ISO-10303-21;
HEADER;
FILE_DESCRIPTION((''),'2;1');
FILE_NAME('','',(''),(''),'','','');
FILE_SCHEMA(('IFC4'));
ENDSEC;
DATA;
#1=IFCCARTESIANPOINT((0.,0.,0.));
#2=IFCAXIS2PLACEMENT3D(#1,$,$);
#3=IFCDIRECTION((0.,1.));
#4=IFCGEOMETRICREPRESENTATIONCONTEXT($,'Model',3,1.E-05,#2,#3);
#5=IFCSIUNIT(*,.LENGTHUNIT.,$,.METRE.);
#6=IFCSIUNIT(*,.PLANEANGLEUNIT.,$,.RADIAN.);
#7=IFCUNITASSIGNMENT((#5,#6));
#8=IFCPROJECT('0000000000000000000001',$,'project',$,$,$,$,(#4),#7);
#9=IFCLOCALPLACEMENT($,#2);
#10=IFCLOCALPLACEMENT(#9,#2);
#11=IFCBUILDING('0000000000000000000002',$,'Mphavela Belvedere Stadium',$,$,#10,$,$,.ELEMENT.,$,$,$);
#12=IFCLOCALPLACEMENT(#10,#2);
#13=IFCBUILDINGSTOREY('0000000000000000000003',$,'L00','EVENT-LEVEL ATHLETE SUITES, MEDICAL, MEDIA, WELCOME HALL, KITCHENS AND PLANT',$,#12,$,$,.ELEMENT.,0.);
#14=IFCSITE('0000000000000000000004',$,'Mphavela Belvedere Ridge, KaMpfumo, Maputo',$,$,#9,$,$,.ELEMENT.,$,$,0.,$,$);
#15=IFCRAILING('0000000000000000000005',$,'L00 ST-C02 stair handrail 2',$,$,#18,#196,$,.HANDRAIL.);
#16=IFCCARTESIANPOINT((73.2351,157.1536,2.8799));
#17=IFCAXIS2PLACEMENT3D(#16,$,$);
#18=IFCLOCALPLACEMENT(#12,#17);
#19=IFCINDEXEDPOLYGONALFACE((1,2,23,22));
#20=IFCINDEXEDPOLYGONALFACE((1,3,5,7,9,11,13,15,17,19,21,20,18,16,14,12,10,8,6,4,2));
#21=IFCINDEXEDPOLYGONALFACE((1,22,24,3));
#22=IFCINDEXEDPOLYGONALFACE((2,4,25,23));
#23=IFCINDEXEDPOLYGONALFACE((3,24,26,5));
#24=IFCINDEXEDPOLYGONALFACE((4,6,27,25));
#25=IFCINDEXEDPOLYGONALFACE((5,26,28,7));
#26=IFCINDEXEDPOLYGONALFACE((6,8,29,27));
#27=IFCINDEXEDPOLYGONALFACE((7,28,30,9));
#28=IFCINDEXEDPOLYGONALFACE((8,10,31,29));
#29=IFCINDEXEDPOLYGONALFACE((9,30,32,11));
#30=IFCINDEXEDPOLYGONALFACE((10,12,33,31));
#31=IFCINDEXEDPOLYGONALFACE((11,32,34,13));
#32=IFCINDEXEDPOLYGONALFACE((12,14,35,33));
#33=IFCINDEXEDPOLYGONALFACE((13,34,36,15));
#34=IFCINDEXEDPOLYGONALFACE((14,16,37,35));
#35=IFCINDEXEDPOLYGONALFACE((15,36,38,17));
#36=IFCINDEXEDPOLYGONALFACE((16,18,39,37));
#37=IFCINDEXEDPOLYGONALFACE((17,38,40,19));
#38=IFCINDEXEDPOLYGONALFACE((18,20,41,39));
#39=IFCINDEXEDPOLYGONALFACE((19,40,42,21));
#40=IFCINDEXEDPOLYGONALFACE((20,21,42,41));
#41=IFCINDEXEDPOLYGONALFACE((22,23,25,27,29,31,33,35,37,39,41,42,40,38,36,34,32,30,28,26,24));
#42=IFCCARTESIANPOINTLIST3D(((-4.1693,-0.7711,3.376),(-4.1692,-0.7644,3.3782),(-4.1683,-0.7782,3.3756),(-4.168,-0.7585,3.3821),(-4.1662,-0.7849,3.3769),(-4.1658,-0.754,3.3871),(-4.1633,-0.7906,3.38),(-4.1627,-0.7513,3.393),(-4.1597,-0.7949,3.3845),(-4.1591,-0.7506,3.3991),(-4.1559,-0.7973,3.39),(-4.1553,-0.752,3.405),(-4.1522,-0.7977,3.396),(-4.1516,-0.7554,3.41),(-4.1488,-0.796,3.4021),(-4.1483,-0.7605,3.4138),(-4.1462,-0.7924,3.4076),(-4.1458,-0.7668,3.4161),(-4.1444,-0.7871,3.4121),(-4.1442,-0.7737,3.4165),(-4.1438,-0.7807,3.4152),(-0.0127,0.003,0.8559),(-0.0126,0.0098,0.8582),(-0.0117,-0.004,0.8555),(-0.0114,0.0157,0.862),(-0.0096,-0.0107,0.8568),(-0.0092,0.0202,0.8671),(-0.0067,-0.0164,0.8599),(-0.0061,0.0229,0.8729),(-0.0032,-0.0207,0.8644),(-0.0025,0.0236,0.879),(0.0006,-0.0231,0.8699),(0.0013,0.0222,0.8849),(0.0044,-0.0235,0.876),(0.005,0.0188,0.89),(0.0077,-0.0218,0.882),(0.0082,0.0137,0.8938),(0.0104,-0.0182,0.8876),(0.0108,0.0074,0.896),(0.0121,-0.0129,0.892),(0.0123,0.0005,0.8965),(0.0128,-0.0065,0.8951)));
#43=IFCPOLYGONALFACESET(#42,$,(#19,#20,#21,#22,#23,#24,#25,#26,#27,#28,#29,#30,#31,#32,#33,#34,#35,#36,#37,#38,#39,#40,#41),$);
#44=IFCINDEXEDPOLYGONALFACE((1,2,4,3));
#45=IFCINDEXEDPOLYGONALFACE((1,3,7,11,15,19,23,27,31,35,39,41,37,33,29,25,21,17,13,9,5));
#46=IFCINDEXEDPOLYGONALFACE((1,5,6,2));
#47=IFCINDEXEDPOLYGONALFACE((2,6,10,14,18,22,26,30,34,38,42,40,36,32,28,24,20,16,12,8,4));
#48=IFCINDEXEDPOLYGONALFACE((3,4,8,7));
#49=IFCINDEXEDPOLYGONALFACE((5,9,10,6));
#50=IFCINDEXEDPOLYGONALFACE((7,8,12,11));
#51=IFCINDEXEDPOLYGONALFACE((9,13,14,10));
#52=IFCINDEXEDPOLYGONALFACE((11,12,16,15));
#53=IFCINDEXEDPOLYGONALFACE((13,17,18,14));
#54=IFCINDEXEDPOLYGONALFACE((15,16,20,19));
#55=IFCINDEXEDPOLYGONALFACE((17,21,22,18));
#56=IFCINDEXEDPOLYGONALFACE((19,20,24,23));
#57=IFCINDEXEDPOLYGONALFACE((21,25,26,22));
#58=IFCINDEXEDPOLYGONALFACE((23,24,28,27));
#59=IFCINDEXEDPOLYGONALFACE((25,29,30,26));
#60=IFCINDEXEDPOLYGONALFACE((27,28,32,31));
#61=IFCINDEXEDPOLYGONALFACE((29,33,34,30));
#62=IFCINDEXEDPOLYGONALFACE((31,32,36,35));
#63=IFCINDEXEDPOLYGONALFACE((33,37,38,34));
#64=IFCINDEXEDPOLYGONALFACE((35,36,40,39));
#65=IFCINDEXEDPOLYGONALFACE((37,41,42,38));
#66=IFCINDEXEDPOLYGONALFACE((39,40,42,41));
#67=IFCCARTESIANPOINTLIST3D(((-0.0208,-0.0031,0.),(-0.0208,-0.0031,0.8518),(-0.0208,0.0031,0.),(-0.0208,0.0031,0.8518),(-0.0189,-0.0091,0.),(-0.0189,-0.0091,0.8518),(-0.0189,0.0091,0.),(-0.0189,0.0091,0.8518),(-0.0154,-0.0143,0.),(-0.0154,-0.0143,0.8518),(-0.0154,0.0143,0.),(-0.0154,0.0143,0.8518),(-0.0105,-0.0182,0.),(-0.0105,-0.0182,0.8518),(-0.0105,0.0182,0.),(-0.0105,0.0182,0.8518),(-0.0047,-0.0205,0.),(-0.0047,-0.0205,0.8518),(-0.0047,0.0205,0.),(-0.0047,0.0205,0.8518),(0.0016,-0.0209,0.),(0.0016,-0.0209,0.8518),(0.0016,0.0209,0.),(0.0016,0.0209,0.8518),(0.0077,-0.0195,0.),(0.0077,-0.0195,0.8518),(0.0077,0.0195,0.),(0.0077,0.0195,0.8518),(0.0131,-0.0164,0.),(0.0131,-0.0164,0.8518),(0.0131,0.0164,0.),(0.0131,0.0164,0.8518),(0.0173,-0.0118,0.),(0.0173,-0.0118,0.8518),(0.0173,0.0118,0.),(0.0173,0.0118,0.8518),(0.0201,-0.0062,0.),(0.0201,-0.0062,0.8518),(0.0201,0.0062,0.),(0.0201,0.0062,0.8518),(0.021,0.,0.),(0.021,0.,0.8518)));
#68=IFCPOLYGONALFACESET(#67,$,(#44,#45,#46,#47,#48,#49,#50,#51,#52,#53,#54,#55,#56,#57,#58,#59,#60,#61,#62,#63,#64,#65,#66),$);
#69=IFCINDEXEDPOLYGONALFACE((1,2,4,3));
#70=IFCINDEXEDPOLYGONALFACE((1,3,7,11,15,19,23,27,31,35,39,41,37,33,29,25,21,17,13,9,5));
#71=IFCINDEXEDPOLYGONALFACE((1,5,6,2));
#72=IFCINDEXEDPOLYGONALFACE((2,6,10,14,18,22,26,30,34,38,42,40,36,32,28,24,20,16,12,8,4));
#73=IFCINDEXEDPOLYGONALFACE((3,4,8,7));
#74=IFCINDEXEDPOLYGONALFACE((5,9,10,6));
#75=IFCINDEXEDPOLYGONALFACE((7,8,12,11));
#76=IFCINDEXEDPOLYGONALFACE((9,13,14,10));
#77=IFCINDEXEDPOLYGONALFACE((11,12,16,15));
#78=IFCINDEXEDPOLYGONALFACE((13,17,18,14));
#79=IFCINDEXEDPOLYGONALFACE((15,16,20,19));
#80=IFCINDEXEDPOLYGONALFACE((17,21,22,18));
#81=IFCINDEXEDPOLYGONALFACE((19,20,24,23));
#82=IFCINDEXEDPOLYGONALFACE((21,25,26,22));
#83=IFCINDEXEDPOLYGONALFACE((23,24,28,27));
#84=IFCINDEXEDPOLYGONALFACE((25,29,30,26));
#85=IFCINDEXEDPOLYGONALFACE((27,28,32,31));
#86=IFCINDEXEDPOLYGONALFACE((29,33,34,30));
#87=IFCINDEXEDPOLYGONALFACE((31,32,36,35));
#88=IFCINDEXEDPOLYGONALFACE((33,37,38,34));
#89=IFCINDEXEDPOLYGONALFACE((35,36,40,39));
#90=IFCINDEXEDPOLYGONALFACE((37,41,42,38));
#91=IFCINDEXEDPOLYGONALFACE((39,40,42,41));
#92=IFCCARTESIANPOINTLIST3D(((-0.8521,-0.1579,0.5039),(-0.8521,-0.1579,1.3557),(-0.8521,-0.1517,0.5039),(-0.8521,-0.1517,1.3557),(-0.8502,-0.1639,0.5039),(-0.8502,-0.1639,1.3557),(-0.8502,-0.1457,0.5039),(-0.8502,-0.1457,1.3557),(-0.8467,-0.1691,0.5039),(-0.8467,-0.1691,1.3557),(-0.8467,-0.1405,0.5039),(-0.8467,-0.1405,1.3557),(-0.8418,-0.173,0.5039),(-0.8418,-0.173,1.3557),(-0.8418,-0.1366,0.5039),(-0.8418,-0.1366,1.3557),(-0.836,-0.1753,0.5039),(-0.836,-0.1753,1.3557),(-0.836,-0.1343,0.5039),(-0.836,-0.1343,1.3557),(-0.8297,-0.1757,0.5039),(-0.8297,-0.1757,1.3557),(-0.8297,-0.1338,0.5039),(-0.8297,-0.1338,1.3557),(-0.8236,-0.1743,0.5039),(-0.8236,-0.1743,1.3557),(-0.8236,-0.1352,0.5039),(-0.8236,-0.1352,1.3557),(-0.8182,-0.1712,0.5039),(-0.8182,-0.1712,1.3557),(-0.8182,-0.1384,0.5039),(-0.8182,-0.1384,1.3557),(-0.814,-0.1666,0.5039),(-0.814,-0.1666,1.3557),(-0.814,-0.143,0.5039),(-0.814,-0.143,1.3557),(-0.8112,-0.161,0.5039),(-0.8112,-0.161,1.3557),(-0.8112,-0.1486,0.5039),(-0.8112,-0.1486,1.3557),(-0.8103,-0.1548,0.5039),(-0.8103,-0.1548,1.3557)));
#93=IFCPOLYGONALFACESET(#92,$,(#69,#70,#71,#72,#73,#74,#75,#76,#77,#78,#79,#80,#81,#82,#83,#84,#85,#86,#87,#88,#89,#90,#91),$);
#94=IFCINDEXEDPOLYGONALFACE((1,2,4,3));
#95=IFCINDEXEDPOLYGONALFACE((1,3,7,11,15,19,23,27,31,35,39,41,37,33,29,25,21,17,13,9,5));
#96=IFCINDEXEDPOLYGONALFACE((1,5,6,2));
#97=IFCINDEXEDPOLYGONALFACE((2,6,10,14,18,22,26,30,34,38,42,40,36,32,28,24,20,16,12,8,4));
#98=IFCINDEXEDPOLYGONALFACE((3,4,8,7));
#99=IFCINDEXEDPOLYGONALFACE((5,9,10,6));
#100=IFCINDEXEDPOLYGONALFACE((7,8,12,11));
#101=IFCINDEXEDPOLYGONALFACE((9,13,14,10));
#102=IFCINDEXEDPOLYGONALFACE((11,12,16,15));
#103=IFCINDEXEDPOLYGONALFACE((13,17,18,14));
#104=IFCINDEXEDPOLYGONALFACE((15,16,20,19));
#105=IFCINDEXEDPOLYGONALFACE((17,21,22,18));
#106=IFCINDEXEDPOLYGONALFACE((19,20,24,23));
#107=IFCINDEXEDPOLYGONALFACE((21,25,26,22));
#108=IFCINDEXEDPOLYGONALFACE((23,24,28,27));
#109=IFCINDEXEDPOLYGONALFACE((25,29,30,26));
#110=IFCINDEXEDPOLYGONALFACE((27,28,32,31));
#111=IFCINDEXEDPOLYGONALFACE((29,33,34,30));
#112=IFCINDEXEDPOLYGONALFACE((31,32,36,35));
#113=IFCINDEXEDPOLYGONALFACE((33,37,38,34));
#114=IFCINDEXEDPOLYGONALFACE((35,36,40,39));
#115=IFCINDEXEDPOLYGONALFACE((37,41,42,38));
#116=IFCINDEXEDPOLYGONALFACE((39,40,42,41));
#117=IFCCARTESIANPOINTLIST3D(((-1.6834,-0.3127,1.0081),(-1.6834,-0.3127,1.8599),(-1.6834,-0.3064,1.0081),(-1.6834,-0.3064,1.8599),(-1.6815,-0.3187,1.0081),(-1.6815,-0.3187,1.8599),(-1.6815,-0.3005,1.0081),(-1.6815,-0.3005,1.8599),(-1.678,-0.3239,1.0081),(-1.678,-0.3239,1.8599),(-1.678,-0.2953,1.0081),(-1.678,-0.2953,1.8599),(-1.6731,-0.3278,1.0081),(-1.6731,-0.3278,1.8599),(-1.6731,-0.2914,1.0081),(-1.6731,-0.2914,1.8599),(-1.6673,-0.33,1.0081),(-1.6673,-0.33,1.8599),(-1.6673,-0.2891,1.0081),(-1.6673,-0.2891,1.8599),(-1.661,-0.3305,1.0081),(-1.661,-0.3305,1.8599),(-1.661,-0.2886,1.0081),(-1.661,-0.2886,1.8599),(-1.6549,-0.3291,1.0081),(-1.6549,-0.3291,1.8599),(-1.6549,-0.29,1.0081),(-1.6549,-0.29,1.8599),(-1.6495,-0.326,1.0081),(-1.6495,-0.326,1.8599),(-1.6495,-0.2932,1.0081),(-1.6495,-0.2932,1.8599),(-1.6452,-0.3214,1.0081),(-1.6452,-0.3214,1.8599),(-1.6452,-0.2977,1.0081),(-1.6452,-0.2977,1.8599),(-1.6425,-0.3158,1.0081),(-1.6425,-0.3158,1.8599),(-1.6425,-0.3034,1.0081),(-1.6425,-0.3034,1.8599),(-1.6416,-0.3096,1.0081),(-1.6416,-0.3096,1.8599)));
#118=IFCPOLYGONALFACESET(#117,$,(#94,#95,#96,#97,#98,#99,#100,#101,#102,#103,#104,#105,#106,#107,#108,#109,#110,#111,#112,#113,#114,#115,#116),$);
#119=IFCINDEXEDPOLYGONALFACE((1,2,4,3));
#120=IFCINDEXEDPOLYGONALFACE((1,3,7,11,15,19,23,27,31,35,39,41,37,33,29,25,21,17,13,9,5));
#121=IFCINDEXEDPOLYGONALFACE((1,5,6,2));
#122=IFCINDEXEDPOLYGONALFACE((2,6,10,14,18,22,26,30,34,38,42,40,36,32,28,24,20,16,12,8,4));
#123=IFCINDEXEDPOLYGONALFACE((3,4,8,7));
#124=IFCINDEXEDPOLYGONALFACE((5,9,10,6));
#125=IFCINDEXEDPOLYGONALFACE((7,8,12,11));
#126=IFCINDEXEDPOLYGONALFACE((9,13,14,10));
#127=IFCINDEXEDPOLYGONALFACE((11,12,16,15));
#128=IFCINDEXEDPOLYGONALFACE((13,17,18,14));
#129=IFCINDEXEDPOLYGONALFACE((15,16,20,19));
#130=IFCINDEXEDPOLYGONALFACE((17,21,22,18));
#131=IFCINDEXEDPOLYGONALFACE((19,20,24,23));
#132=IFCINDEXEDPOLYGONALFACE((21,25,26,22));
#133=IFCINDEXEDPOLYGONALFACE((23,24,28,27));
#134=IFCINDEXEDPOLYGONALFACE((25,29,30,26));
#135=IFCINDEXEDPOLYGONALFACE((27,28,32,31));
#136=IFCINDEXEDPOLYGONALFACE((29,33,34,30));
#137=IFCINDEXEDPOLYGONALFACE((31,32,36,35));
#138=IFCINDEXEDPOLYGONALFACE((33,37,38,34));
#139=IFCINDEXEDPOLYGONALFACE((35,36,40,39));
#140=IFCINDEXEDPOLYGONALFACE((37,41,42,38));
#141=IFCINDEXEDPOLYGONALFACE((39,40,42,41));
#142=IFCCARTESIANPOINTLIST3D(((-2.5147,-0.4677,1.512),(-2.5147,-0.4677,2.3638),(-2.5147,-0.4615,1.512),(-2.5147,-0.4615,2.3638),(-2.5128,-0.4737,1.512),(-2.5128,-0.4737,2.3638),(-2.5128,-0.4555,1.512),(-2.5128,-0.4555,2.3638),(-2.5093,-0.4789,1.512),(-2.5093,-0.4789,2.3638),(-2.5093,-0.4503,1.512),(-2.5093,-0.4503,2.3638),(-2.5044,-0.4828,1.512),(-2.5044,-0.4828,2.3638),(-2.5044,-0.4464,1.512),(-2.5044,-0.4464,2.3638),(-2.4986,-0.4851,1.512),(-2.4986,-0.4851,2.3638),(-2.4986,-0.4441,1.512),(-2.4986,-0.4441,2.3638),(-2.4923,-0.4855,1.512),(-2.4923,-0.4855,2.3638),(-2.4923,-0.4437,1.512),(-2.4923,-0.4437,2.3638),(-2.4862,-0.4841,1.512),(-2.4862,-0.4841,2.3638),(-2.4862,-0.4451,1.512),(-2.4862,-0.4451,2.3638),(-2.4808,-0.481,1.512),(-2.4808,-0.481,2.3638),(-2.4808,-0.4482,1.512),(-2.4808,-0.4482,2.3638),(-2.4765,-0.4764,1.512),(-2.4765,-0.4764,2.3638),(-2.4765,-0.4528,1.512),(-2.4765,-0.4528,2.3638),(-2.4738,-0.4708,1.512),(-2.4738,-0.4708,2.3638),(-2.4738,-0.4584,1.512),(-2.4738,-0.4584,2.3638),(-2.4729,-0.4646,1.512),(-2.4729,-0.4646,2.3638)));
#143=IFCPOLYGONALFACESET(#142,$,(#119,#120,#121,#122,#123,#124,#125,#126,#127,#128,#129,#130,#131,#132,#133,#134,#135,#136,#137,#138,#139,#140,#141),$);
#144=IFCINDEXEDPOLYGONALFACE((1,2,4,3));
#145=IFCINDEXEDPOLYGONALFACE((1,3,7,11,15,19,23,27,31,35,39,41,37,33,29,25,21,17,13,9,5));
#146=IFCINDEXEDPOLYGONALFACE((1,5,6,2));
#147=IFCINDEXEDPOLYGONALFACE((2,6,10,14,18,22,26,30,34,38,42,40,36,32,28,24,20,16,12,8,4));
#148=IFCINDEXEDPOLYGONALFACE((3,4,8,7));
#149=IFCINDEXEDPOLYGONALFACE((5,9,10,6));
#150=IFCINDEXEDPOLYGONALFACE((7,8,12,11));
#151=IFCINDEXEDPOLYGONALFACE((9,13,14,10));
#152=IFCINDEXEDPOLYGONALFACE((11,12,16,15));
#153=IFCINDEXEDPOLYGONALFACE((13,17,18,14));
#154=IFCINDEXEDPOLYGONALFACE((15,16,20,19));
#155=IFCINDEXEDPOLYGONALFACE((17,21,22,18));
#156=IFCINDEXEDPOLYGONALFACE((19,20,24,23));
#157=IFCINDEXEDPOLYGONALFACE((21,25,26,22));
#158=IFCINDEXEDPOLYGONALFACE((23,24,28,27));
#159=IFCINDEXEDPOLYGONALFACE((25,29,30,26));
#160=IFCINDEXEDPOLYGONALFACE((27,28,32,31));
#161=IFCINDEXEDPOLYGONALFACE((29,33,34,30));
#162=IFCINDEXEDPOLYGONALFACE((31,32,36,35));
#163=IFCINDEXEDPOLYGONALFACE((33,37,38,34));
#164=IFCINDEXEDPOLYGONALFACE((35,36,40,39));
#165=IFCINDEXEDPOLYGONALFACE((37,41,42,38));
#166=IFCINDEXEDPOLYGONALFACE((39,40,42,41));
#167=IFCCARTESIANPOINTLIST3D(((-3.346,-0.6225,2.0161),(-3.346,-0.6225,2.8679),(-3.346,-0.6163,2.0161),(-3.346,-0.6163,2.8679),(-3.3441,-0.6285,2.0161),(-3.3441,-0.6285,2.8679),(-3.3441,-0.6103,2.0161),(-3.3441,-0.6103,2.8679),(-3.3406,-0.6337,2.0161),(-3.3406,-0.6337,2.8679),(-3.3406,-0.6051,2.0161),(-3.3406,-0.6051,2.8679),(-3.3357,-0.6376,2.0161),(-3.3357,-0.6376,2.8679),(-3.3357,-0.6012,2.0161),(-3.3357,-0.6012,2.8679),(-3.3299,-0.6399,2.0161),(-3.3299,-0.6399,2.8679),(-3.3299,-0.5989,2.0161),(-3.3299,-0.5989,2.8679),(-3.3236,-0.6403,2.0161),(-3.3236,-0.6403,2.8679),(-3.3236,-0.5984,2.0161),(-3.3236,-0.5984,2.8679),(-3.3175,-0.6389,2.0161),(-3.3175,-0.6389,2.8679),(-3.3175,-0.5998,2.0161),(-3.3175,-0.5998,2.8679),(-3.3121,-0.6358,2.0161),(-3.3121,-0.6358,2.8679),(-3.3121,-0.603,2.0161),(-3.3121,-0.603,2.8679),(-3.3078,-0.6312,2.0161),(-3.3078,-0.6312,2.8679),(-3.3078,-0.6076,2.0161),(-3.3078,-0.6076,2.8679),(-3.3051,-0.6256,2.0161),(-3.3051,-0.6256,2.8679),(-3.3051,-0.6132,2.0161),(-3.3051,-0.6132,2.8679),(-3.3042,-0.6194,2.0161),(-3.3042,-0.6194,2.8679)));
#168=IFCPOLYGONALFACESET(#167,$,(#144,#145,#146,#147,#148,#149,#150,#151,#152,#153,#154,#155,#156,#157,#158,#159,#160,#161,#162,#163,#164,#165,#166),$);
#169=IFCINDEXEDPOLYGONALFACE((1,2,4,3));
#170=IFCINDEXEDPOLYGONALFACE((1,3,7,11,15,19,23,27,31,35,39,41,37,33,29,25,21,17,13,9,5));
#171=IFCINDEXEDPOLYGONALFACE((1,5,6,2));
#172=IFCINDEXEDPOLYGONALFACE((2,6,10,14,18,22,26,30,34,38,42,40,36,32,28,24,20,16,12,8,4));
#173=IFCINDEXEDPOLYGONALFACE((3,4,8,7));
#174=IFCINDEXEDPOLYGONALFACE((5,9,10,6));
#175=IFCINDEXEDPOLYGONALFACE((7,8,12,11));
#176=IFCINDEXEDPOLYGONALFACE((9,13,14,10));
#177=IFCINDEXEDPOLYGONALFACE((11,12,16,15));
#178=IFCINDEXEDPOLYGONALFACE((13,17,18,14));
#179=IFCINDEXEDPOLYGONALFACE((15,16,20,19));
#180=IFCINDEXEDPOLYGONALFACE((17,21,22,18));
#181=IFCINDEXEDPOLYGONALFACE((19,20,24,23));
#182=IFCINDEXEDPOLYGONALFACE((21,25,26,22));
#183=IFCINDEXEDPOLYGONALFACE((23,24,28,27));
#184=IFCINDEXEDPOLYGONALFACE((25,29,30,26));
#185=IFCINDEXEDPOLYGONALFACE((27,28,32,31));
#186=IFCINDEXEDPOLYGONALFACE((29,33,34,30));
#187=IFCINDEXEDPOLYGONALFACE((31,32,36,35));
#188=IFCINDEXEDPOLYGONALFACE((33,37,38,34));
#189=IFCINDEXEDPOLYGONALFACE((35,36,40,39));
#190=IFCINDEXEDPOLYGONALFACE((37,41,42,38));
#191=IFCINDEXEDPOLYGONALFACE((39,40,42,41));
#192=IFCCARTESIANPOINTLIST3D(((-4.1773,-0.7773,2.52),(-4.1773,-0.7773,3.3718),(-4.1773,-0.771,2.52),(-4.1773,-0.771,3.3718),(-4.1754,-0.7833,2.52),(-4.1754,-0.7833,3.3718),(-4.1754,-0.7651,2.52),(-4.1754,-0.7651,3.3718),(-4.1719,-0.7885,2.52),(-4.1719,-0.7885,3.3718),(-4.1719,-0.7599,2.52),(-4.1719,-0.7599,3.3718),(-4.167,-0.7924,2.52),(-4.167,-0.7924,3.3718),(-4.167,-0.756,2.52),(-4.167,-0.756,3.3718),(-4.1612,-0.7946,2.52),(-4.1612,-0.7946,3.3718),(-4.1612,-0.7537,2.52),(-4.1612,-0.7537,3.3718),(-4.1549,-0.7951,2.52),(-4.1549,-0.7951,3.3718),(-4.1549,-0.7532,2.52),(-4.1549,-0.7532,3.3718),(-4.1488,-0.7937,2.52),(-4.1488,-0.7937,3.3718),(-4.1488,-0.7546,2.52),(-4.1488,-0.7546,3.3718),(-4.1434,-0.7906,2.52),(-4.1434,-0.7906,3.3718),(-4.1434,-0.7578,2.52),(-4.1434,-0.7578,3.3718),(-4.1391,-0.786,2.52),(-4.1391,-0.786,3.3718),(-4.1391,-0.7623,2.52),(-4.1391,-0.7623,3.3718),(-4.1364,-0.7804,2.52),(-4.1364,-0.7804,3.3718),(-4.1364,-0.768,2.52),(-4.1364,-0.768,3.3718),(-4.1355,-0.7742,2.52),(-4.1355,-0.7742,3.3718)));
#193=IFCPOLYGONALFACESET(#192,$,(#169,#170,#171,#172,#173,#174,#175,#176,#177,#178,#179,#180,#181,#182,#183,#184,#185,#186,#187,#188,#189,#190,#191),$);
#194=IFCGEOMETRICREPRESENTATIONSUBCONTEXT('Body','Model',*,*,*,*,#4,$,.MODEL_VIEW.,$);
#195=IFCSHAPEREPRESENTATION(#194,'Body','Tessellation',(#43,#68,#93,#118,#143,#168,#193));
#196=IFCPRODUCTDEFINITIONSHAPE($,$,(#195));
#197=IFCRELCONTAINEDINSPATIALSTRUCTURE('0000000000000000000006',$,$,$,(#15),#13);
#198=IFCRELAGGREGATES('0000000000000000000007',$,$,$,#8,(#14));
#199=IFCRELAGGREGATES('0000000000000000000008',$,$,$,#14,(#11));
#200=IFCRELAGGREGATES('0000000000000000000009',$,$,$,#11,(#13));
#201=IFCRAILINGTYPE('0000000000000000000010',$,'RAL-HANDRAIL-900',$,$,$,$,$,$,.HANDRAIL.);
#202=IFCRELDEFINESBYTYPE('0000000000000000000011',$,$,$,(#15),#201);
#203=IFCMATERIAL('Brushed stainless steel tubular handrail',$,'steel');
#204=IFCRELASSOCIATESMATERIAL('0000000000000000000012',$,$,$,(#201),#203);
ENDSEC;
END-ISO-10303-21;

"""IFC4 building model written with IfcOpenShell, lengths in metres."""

from ifc_helpers import new_model, si_unit, direction, frame, origin, origin_2d, place, context, subcontext, project, spatial, circle, extrude, material, type_object, element, save


model = new_model("IFC4")

# Units and contexts
model_context = context("Model", 3, precision=1e-05, world=origin(), true_north=direction((0.0, 1.0)))
body_context = subcontext(model_context, "Body", "Model", "MODEL_VIEW")
ifc_project = project(units=[si_unit("LENGTHUNIT", "METRE"), si_unit("PLANEANGLEUNIT", "RADIAN")], contexts=[model_context])

# Site, building, storey
site_placement = place(None, origin())
site = spatial("IfcSite", under=ifc_project, at=site_placement, Name="Mphavela Belvedere Ridge, KaMpfumo, Maputo", CompositionType="ELEMENT", RefElevation=0.0)
building_placement = place(site_placement, origin())
building = spatial("IfcBuilding", under=site, at=building_placement, Name="Mphavela Belvedere Stadium", CompositionType="ELEMENT")
storey_placement = place(building_placement, origin())
storey = spatial("IfcBuildingStorey", under=building, at=storey_placement, Name="L00", Description="EVENT-LEVEL ATHLETE SUITES, MEDICAL, MEDIA, WELCOME HALL, KITCHENS AND PLANT", CompositionType="ELEMENT", Elevation=0.0)

# Railing
ifc_material_1 = material(Name="Brushed stainless steel tubular handrail", Category="steel")
railing_type_1 = type_object("IfcRailingType", Name="RAL-HANDRAIL-900", PredefinedType="HANDRAIL", material=ifc_material_1)
railing_1_placement = place(storey_placement, frame((73.2351, 157.1536, 2.8799)))
element("IfcRailing", 1, at=railing_1_placement, inside=storey, type_object=railing_type_1, Name="L00 ST-C02 stair handrail 2", PredefinedType="HANDRAIL", context=body_context, shape_type="SweptSolid", body=[
    extrude(circle(Radius=0.0239, at=origin_2d()), frame((0.0, 0.0, 0.876), z_axis=(-0.844469, -0.157287, 0.511989), x_axis=(0.183107, -0.983093, 0.0)), (0.0, 0.0, 1.0), 4.9221),
    extrude(circle(Radius=0.021, at=origin_2d()), origin(), (0.0, 0.0, 1.0), 0.8518),
    extrude(circle(Radius=0.021, at=origin_2d()), frame((-0.8313, -0.1548, 0.5039)), (0.0, 0.0, 1.0), 0.8518),
    extrude(circle(Radius=0.021, at=origin_2d()), frame((-1.6626, -0.3096, 1.0081)), (0.0, 0.0, 1.0), 0.8518),
    extrude(circle(Radius=0.021, at=origin_2d()), frame((-2.4939, -0.4646, 1.512)), (0.0, 0.0, 1.0), 0.8518),
    extrude(circle(Radius=0.021, at=origin_2d()), frame((-3.3252, -0.6194, 2.0161)), (0.0, 0.0, 1.0), 0.8518),
    extrude(circle(Radius=0.021, at=origin_2d()), frame((-4.1565, -0.7742, 2.52)), (0.0, 0.0, 1.0), 0.8518),
])

save(model, "model.ifc")
